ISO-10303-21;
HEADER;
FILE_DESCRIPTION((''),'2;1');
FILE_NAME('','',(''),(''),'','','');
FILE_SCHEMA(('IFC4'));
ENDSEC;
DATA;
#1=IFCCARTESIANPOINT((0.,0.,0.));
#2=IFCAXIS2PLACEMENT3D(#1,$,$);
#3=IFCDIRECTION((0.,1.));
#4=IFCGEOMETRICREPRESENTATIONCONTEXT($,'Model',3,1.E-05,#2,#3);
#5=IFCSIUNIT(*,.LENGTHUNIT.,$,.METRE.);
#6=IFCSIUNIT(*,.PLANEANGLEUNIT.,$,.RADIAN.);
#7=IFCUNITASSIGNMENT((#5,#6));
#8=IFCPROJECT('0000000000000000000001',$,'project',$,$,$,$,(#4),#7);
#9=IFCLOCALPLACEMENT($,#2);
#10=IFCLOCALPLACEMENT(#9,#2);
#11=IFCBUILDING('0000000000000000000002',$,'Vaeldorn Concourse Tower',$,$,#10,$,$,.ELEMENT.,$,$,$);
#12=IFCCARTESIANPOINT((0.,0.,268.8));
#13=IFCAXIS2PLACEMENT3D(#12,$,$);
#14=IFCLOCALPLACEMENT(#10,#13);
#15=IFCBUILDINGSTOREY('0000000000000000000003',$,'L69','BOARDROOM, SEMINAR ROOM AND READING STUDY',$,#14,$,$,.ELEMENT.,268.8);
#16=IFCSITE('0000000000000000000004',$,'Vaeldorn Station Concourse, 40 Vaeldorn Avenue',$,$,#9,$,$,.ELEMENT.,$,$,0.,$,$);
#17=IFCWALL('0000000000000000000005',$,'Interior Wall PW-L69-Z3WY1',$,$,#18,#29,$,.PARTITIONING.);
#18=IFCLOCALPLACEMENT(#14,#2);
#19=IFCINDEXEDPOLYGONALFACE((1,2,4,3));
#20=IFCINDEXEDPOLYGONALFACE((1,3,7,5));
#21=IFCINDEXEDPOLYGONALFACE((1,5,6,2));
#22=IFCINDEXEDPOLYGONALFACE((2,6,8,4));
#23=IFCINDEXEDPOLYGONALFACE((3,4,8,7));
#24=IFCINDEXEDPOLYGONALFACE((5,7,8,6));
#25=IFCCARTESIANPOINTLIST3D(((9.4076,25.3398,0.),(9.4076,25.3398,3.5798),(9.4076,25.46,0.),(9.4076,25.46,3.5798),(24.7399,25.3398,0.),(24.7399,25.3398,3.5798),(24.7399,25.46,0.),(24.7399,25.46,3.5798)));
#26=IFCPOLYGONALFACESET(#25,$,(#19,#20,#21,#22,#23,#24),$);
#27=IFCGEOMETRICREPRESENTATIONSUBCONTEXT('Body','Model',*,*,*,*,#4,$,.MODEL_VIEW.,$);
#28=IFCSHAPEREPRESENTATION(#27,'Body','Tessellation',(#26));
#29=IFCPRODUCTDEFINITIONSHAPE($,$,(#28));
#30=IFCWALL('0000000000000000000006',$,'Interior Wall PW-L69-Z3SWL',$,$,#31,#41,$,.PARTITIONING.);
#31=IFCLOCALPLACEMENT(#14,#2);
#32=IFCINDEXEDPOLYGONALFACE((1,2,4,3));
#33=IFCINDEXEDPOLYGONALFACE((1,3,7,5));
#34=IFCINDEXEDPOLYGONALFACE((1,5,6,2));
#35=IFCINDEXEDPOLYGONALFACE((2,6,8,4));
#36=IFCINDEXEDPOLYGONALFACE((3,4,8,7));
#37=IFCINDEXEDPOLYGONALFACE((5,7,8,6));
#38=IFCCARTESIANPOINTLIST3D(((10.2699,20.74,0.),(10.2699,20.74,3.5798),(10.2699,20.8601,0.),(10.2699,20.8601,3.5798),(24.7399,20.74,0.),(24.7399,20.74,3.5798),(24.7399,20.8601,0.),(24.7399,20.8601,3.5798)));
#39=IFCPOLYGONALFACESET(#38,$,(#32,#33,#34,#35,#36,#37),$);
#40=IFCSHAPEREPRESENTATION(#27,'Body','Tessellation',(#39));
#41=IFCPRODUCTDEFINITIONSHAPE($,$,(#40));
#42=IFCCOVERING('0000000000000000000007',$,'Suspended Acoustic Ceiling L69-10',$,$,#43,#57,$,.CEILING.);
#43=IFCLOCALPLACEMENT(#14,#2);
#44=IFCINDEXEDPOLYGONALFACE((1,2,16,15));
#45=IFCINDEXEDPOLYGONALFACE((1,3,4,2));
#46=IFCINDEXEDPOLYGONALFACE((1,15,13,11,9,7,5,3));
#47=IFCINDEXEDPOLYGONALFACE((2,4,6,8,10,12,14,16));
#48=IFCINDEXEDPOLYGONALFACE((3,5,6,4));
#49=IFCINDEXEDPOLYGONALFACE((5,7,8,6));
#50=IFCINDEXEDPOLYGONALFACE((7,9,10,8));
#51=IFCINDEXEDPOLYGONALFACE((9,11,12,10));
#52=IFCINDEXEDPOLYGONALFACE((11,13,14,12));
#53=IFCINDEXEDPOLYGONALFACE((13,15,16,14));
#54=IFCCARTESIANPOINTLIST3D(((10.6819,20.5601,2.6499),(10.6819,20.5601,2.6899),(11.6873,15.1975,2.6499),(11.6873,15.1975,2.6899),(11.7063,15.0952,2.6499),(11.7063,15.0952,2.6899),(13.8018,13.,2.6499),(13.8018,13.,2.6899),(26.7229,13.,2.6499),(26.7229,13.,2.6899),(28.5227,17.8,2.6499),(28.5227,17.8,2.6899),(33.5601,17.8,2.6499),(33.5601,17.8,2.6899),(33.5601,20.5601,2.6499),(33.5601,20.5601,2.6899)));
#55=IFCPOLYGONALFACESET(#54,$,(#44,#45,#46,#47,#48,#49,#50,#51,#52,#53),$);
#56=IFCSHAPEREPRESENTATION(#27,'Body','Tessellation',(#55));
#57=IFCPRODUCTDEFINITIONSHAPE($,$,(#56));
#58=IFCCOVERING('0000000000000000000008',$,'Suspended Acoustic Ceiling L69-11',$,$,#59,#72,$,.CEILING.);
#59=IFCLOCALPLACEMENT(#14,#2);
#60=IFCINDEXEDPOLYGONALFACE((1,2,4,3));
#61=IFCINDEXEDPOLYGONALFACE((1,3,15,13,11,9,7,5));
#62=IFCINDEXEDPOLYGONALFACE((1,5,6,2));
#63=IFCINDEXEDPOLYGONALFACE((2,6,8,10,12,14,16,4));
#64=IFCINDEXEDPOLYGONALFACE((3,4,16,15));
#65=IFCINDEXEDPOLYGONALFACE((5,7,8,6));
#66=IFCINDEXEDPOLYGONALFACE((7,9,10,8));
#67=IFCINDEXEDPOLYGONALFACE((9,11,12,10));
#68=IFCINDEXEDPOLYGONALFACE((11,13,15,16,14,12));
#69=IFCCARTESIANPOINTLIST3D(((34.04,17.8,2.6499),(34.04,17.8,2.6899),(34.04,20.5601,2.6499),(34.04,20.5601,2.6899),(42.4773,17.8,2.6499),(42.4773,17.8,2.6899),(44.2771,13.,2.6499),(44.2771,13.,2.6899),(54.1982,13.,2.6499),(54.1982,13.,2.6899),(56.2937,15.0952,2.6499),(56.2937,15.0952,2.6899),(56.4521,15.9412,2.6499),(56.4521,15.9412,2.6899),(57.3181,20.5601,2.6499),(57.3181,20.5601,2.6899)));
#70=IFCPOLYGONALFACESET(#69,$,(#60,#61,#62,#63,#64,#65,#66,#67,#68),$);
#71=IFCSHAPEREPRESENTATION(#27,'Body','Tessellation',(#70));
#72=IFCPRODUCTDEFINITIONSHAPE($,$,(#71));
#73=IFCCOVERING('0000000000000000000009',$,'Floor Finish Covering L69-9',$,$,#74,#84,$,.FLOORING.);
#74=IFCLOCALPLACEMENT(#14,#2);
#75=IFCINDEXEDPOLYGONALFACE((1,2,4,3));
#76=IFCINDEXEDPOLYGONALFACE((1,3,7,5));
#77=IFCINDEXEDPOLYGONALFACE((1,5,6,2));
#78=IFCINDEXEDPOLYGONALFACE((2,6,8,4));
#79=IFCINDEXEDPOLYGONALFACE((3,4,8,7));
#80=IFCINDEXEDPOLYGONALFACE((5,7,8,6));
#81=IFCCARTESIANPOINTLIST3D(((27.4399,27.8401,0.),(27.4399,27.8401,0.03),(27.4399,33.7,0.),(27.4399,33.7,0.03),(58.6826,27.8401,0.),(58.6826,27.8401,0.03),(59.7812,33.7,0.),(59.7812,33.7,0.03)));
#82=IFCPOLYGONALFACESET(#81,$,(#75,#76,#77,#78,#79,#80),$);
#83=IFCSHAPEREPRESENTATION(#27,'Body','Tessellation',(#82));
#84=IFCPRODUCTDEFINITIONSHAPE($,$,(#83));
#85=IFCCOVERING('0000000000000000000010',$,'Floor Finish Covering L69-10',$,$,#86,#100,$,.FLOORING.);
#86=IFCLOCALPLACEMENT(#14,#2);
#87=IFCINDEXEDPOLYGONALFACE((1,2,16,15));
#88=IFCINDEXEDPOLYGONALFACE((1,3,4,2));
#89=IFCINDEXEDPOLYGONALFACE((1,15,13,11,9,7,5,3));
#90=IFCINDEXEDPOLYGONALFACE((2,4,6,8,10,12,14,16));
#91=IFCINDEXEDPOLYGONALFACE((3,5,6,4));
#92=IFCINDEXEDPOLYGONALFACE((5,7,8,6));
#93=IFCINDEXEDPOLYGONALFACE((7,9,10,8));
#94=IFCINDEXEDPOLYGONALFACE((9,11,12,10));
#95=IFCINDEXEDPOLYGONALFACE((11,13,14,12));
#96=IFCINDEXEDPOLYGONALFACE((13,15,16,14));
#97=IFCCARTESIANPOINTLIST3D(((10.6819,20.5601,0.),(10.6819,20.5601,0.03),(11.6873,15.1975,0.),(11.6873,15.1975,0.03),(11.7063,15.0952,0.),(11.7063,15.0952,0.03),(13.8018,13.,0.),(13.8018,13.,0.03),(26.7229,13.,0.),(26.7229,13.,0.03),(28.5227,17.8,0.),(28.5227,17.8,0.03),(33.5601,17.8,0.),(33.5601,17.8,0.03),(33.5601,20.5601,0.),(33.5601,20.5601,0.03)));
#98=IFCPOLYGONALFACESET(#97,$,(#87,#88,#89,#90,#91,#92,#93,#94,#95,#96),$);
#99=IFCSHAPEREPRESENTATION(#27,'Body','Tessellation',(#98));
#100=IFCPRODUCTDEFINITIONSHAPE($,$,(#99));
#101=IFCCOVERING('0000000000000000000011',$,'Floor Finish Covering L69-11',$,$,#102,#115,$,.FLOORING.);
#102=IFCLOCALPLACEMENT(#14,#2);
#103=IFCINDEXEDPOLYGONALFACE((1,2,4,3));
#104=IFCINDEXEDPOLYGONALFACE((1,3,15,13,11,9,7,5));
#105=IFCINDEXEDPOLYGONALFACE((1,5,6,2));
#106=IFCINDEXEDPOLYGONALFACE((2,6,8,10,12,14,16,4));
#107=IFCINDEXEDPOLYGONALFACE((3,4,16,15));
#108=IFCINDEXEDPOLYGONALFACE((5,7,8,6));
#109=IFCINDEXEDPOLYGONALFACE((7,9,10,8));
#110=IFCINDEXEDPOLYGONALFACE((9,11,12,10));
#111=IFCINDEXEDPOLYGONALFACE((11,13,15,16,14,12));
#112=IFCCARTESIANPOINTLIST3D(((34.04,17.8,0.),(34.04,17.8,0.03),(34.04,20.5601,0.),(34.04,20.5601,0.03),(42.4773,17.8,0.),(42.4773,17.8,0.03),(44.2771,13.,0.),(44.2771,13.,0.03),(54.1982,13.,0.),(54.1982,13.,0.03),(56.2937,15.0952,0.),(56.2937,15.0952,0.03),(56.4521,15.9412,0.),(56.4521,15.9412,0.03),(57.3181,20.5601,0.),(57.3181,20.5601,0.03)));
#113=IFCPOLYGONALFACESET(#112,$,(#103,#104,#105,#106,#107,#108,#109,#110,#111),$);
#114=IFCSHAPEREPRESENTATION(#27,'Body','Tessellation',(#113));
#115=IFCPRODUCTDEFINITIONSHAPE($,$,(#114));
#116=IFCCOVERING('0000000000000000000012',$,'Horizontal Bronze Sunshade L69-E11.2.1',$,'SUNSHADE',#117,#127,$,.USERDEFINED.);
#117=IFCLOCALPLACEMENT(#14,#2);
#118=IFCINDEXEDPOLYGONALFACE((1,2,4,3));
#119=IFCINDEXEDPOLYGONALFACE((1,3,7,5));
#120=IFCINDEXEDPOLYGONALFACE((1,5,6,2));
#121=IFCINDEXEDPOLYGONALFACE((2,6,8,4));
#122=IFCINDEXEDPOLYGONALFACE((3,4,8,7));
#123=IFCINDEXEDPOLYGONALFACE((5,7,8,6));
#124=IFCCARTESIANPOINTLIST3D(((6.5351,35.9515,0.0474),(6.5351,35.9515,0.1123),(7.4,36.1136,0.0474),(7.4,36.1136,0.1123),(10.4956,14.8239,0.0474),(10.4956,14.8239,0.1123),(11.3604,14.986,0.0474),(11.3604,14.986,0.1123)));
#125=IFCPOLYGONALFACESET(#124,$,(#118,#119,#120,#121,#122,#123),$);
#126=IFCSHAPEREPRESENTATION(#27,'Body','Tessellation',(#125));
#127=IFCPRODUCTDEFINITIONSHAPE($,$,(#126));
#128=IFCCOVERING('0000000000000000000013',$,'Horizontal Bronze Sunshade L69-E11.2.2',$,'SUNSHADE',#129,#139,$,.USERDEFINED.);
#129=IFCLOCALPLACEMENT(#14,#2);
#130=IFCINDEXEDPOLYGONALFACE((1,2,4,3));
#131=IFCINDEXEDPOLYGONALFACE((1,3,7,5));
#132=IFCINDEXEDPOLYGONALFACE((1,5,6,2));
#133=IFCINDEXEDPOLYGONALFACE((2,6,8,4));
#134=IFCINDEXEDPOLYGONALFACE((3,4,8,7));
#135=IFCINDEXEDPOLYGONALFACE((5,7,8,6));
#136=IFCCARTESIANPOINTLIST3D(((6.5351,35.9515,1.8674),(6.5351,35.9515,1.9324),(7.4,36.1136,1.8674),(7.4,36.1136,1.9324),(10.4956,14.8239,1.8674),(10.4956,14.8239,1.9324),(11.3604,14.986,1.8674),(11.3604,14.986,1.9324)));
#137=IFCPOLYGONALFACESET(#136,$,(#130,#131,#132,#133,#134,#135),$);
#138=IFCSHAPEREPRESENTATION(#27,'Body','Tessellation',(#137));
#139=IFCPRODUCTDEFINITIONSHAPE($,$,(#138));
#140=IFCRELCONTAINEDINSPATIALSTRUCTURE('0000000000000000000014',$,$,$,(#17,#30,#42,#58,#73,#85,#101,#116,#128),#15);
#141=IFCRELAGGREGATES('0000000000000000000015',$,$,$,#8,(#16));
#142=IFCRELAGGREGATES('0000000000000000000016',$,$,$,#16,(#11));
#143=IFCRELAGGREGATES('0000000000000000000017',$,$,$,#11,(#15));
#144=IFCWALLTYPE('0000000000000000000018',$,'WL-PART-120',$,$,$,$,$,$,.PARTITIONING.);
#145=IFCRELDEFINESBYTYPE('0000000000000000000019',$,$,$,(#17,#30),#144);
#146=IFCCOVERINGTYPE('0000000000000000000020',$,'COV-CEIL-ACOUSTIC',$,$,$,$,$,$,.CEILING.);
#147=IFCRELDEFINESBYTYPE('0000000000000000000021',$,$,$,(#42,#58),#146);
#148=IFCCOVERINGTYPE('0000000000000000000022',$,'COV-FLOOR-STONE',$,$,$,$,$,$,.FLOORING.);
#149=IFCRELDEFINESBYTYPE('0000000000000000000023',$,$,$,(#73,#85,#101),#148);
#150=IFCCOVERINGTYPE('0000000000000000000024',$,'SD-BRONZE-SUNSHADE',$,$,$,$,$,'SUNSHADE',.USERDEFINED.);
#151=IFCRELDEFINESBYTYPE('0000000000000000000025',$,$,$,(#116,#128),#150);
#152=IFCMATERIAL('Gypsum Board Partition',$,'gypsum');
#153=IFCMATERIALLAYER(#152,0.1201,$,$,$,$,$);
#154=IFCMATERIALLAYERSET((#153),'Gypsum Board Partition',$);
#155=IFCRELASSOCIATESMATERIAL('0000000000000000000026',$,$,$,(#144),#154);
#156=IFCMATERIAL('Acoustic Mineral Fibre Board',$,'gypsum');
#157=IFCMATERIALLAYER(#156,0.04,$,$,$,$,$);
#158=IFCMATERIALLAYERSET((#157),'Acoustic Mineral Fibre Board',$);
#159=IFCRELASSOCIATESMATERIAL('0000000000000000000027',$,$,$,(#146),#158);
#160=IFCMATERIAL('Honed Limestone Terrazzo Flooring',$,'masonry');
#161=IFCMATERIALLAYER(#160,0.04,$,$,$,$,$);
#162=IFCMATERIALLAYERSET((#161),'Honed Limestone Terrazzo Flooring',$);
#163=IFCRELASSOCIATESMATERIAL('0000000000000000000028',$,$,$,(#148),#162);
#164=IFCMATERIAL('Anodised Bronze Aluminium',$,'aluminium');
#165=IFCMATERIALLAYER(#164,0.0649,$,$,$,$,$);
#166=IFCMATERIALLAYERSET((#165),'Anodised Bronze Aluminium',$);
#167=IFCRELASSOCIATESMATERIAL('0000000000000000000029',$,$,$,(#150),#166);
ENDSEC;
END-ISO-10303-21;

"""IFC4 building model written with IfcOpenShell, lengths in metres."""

from ifc_helpers import new_model, si_unit, direction, frame, frame_2d, origin, origin_2d, place, context, subcontext, project, spatial, polyline, rectangle, outline, extrude, source, transform, mapped, material, layer, layer_set, type_object, element, save


model = new_model("IFC4")

# Units and contexts
model_context = context("Model", 3, precision=1e-05, world=origin(), true_north=direction((0.0, 1.0)))
body_context = subcontext(model_context, "Body", "Model", "MODEL_VIEW")
ifc_project = project(units=[si_unit("LENGTHUNIT", "METRE"), si_unit("PLANEANGLEUNIT", "RADIAN")], contexts=[model_context])

# Site, building, storey
site_placement = place(None, origin())
site = spatial("IfcSite", under=ifc_project, at=site_placement, Name="Vaeldorn Station Concourse, 40 Vaeldorn Avenue", CompositionType="ELEMENT", RefElevation=0.0)
building_placement = place(site_placement, origin())
building = spatial("IfcBuilding", under=site, at=building_placement, Name="Vaeldorn Concourse Tower", CompositionType="ELEMENT")
storey_placement = place(building_placement, frame((0.0, 0.0, 268.8)))
storey = spatial("IfcBuildingStorey", under=building, at=storey_placement, Name="L69", Description="BOARDROOM, SEMINAR ROOM AND READING STUDY", CompositionType="ELEMENT", Elevation=268.8)

# Shared definitions
ifc_material_1 = material(Name="Anodised Bronze Aluminium", Category="aluminium")

# Walls
ifc_material_2 = material(Name="Gypsum Board Partition", Category="gypsum")
ifc_layer_1 = layer(ifc_material_2, 0.1201)
ifc_layer_set_1 = layer_set([ifc_layer_1], Name="Gypsum Board Partition")
wall_type = type_object("IfcWallType", Name="WL-PART-120", PredefinedType="PARTITIONING", material=ifc_layer_set_1)
wall_1_placement = place(storey_placement, frame((9.4077, 25.3999, 0.0), z_axis=(0.0, 0.0, 1.0), x_axis=(1.0, 0.0, 0.0)))
element("IfcWall", 1, at=wall_1_placement, inside=storey, type_object=wall_type, Name="Interior Wall PW-L69-Z3WY1", PredefinedType="PARTITIONING", context=body_context, shape_type="SweptSolid", body=[
    extrude(rectangle(XDim=15.3323, YDim=0.1201, at=frame_2d((7.666, 0.0))), origin(), (0.0, 0.0, 1.0), 3.5798),
])
wall_2_placement = place(storey_placement, frame((10.27, 20.8, 0.0), z_axis=(0.0, 0.0, 1.0), x_axis=(1.0, 0.0, 0.0)))
element("IfcWall", 2, at=wall_2_placement, inside=storey, type_object=wall_type, Name="Interior Wall PW-L69-Z3SWL", PredefinedType="PARTITIONING", context=body_context, shape_type="SweptSolid", body=[
    extrude(rectangle(XDim=14.47, YDim=0.1201, at=frame_2d((7.2349, 0.0))), origin(), (0.0, 0.0, 1.0), 3.5798),
])

# Coverings
ifc_material_3 = material(Name="Acoustic Mineral Fibre Board", Category="gypsum")
ifc_layer_2 = layer(ifc_material_3, 0.04)
ifc_layer_set_2 = layer_set([ifc_layer_2], Name="Acoustic Mineral Fibre Board")
covering_type_1 = type_object("IfcCoveringType", Name="COV-CEIL-ACOUSTIC", PredefinedType="CEILING", material=ifc_layer_set_2)
covering_1_placement = place(storey_placement, frame((0.0, 0.0, 2.6499)))
element("IfcCovering", 3, at=covering_1_placement, inside=storey, type_object=covering_type_1, Name="Suspended Acoustic Ceiling L69-10", PredefinedType="CEILING", context=body_context, shape_type="SweptSolid", body=[
    extrude(outline(polyline([(33.5601, 20.5601), (33.5601, 17.8), (28.5227, 17.8), (26.7229, 13.0), (13.8018, 13.0), (11.7063, 15.0952), (11.6873, 15.1975), (10.6819, 20.5601), (33.5601, 20.5601)])), origin(), (0.0, 0.0, 1.0), 0.04),
])
covering_2_placement = place(storey_placement, frame((0.0, 0.0, 2.6499)))
element("IfcCovering", 4, at=covering_2_placement, inside=storey, type_object=covering_type_1, Name="Suspended Acoustic Ceiling L69-11", PredefinedType="CEILING", context=body_context, shape_type="SweptSolid", body=[
    extrude(outline(polyline([(34.04, 20.5601), (57.3181, 20.5601), (56.4521, 15.9412), (56.4521, 15.9412), (56.2937, 15.0952), (54.1982, 13.0), (44.2771, 13.0), (42.4773, 17.8), (34.04, 17.8), (34.04, 20.5601)])), origin(), (0.0, 0.0, 1.0), 0.04),
])
ifc_material_4 = material(Name="Honed Limestone Terrazzo Flooring", Category="masonry")
ifc_layer_3 = layer(ifc_material_4, 0.04)
ifc_layer_set_3 = layer_set([ifc_layer_3], Name="Honed Limestone Terrazzo Flooring")
covering_type_2 = type_object("IfcCoveringType", Name="COV-FLOOR-STONE", PredefinedType="FLOORING", material=ifc_layer_set_3)
covering_3_placement = place(storey_placement, origin())
element("IfcCovering", 5, at=covering_3_placement, inside=storey, type_object=covering_type_2, Name="Floor Finish Covering L69-9", PredefinedType="FLOORING", context=body_context, shape_type="SweptSolid", body=[
    extrude(outline(polyline([(27.4399, 33.7), (59.7812, 33.7), (58.6826, 27.8401), (27.4399, 27.8401), (27.4399, 33.7)])), origin(), (0.0, 0.0, 1.0), 0.03),
])
covering_4_placement = place(storey_placement, origin())
element("IfcCovering", 6, at=covering_4_placement, inside=storey, type_object=covering_type_2, Name="Floor Finish Covering L69-10", PredefinedType="FLOORING", context=body_context, shape_type="SweptSolid", body=[
    extrude(outline(polyline([(33.5601, 20.5601), (33.5601, 17.8), (28.5227, 17.8), (26.7229, 13.0), (13.8018, 13.0), (11.7063, 15.0952), (11.6873, 15.1975), (10.6819, 20.5601), (33.5601, 20.5601)])), origin(), (0.0, 0.0, 1.0), 0.03),
])
covering_5_placement = place(storey_placement, origin())
element("IfcCovering", 7, at=covering_5_placement, inside=storey, type_object=covering_type_2, Name="Floor Finish Covering L69-11", PredefinedType="FLOORING", context=body_context, shape_type="SweptSolid", body=[
    extrude(outline(polyline([(34.04, 20.5601), (57.3181, 20.5601), (56.4521, 15.9412), (56.4521, 15.9412), (56.2937, 15.0952), (54.1982, 13.0), (44.2771, 13.0), (42.4773, 17.8), (34.04, 17.8), (34.04, 20.5601)])), origin(), (0.0, 0.0, 1.0), 0.03),
])
ifc_layer_4 = layer(ifc_material_1, 0.0649)
ifc_layer_set_4 = layer_set([ifc_layer_4], Name="Anodised Bronze Aluminium")
covering_type_3 = type_object("IfcCoveringType", Name="SD-BRONZE-SUNSHADE", ElementType="SUNSHADE", PredefinedType="USERDEFINED", material=ifc_layer_set_4)
shared_shape_1 = source(origin(), body_context, "Body", "SweptSolid", [
    extrude(rectangle(XDim=21.4956, YDim=0.8799, at=origin_2d()), origin(), (0.0, 0.0, 1.0), 0.0649),
])
for number, where, z_axis, x_axis, name in (
    (8, (8.9478, 25.4688, 0.0474), (0.0, 0.0, 1.0), (0.184243, -0.982881, 0.0), "Horizontal Bronze Sunshade L69-E11.2.1"),
    (9, (8.9478, 25.4688, 1.8674), (0.0, 0.0, 1.0), (0.184243, -0.982881, 0.0), "Horizontal Bronze Sunshade L69-E11.2.2"),
):
    element("IfcCovering", number, at=place(storey_placement, frame(where, z_axis=z_axis, x_axis=x_axis)), inside=storey, type_object=covering_type_3, Name=name, ObjectType="SUNSHADE", PredefinedType="USERDEFINED", context=body_context, shape_type="MappedRepresentation", body=[
        mapped(shared_shape_1, transform((0.0, 0.0, 0.0), scale=1.0)),
    ])

save(model, "model.ifc")
